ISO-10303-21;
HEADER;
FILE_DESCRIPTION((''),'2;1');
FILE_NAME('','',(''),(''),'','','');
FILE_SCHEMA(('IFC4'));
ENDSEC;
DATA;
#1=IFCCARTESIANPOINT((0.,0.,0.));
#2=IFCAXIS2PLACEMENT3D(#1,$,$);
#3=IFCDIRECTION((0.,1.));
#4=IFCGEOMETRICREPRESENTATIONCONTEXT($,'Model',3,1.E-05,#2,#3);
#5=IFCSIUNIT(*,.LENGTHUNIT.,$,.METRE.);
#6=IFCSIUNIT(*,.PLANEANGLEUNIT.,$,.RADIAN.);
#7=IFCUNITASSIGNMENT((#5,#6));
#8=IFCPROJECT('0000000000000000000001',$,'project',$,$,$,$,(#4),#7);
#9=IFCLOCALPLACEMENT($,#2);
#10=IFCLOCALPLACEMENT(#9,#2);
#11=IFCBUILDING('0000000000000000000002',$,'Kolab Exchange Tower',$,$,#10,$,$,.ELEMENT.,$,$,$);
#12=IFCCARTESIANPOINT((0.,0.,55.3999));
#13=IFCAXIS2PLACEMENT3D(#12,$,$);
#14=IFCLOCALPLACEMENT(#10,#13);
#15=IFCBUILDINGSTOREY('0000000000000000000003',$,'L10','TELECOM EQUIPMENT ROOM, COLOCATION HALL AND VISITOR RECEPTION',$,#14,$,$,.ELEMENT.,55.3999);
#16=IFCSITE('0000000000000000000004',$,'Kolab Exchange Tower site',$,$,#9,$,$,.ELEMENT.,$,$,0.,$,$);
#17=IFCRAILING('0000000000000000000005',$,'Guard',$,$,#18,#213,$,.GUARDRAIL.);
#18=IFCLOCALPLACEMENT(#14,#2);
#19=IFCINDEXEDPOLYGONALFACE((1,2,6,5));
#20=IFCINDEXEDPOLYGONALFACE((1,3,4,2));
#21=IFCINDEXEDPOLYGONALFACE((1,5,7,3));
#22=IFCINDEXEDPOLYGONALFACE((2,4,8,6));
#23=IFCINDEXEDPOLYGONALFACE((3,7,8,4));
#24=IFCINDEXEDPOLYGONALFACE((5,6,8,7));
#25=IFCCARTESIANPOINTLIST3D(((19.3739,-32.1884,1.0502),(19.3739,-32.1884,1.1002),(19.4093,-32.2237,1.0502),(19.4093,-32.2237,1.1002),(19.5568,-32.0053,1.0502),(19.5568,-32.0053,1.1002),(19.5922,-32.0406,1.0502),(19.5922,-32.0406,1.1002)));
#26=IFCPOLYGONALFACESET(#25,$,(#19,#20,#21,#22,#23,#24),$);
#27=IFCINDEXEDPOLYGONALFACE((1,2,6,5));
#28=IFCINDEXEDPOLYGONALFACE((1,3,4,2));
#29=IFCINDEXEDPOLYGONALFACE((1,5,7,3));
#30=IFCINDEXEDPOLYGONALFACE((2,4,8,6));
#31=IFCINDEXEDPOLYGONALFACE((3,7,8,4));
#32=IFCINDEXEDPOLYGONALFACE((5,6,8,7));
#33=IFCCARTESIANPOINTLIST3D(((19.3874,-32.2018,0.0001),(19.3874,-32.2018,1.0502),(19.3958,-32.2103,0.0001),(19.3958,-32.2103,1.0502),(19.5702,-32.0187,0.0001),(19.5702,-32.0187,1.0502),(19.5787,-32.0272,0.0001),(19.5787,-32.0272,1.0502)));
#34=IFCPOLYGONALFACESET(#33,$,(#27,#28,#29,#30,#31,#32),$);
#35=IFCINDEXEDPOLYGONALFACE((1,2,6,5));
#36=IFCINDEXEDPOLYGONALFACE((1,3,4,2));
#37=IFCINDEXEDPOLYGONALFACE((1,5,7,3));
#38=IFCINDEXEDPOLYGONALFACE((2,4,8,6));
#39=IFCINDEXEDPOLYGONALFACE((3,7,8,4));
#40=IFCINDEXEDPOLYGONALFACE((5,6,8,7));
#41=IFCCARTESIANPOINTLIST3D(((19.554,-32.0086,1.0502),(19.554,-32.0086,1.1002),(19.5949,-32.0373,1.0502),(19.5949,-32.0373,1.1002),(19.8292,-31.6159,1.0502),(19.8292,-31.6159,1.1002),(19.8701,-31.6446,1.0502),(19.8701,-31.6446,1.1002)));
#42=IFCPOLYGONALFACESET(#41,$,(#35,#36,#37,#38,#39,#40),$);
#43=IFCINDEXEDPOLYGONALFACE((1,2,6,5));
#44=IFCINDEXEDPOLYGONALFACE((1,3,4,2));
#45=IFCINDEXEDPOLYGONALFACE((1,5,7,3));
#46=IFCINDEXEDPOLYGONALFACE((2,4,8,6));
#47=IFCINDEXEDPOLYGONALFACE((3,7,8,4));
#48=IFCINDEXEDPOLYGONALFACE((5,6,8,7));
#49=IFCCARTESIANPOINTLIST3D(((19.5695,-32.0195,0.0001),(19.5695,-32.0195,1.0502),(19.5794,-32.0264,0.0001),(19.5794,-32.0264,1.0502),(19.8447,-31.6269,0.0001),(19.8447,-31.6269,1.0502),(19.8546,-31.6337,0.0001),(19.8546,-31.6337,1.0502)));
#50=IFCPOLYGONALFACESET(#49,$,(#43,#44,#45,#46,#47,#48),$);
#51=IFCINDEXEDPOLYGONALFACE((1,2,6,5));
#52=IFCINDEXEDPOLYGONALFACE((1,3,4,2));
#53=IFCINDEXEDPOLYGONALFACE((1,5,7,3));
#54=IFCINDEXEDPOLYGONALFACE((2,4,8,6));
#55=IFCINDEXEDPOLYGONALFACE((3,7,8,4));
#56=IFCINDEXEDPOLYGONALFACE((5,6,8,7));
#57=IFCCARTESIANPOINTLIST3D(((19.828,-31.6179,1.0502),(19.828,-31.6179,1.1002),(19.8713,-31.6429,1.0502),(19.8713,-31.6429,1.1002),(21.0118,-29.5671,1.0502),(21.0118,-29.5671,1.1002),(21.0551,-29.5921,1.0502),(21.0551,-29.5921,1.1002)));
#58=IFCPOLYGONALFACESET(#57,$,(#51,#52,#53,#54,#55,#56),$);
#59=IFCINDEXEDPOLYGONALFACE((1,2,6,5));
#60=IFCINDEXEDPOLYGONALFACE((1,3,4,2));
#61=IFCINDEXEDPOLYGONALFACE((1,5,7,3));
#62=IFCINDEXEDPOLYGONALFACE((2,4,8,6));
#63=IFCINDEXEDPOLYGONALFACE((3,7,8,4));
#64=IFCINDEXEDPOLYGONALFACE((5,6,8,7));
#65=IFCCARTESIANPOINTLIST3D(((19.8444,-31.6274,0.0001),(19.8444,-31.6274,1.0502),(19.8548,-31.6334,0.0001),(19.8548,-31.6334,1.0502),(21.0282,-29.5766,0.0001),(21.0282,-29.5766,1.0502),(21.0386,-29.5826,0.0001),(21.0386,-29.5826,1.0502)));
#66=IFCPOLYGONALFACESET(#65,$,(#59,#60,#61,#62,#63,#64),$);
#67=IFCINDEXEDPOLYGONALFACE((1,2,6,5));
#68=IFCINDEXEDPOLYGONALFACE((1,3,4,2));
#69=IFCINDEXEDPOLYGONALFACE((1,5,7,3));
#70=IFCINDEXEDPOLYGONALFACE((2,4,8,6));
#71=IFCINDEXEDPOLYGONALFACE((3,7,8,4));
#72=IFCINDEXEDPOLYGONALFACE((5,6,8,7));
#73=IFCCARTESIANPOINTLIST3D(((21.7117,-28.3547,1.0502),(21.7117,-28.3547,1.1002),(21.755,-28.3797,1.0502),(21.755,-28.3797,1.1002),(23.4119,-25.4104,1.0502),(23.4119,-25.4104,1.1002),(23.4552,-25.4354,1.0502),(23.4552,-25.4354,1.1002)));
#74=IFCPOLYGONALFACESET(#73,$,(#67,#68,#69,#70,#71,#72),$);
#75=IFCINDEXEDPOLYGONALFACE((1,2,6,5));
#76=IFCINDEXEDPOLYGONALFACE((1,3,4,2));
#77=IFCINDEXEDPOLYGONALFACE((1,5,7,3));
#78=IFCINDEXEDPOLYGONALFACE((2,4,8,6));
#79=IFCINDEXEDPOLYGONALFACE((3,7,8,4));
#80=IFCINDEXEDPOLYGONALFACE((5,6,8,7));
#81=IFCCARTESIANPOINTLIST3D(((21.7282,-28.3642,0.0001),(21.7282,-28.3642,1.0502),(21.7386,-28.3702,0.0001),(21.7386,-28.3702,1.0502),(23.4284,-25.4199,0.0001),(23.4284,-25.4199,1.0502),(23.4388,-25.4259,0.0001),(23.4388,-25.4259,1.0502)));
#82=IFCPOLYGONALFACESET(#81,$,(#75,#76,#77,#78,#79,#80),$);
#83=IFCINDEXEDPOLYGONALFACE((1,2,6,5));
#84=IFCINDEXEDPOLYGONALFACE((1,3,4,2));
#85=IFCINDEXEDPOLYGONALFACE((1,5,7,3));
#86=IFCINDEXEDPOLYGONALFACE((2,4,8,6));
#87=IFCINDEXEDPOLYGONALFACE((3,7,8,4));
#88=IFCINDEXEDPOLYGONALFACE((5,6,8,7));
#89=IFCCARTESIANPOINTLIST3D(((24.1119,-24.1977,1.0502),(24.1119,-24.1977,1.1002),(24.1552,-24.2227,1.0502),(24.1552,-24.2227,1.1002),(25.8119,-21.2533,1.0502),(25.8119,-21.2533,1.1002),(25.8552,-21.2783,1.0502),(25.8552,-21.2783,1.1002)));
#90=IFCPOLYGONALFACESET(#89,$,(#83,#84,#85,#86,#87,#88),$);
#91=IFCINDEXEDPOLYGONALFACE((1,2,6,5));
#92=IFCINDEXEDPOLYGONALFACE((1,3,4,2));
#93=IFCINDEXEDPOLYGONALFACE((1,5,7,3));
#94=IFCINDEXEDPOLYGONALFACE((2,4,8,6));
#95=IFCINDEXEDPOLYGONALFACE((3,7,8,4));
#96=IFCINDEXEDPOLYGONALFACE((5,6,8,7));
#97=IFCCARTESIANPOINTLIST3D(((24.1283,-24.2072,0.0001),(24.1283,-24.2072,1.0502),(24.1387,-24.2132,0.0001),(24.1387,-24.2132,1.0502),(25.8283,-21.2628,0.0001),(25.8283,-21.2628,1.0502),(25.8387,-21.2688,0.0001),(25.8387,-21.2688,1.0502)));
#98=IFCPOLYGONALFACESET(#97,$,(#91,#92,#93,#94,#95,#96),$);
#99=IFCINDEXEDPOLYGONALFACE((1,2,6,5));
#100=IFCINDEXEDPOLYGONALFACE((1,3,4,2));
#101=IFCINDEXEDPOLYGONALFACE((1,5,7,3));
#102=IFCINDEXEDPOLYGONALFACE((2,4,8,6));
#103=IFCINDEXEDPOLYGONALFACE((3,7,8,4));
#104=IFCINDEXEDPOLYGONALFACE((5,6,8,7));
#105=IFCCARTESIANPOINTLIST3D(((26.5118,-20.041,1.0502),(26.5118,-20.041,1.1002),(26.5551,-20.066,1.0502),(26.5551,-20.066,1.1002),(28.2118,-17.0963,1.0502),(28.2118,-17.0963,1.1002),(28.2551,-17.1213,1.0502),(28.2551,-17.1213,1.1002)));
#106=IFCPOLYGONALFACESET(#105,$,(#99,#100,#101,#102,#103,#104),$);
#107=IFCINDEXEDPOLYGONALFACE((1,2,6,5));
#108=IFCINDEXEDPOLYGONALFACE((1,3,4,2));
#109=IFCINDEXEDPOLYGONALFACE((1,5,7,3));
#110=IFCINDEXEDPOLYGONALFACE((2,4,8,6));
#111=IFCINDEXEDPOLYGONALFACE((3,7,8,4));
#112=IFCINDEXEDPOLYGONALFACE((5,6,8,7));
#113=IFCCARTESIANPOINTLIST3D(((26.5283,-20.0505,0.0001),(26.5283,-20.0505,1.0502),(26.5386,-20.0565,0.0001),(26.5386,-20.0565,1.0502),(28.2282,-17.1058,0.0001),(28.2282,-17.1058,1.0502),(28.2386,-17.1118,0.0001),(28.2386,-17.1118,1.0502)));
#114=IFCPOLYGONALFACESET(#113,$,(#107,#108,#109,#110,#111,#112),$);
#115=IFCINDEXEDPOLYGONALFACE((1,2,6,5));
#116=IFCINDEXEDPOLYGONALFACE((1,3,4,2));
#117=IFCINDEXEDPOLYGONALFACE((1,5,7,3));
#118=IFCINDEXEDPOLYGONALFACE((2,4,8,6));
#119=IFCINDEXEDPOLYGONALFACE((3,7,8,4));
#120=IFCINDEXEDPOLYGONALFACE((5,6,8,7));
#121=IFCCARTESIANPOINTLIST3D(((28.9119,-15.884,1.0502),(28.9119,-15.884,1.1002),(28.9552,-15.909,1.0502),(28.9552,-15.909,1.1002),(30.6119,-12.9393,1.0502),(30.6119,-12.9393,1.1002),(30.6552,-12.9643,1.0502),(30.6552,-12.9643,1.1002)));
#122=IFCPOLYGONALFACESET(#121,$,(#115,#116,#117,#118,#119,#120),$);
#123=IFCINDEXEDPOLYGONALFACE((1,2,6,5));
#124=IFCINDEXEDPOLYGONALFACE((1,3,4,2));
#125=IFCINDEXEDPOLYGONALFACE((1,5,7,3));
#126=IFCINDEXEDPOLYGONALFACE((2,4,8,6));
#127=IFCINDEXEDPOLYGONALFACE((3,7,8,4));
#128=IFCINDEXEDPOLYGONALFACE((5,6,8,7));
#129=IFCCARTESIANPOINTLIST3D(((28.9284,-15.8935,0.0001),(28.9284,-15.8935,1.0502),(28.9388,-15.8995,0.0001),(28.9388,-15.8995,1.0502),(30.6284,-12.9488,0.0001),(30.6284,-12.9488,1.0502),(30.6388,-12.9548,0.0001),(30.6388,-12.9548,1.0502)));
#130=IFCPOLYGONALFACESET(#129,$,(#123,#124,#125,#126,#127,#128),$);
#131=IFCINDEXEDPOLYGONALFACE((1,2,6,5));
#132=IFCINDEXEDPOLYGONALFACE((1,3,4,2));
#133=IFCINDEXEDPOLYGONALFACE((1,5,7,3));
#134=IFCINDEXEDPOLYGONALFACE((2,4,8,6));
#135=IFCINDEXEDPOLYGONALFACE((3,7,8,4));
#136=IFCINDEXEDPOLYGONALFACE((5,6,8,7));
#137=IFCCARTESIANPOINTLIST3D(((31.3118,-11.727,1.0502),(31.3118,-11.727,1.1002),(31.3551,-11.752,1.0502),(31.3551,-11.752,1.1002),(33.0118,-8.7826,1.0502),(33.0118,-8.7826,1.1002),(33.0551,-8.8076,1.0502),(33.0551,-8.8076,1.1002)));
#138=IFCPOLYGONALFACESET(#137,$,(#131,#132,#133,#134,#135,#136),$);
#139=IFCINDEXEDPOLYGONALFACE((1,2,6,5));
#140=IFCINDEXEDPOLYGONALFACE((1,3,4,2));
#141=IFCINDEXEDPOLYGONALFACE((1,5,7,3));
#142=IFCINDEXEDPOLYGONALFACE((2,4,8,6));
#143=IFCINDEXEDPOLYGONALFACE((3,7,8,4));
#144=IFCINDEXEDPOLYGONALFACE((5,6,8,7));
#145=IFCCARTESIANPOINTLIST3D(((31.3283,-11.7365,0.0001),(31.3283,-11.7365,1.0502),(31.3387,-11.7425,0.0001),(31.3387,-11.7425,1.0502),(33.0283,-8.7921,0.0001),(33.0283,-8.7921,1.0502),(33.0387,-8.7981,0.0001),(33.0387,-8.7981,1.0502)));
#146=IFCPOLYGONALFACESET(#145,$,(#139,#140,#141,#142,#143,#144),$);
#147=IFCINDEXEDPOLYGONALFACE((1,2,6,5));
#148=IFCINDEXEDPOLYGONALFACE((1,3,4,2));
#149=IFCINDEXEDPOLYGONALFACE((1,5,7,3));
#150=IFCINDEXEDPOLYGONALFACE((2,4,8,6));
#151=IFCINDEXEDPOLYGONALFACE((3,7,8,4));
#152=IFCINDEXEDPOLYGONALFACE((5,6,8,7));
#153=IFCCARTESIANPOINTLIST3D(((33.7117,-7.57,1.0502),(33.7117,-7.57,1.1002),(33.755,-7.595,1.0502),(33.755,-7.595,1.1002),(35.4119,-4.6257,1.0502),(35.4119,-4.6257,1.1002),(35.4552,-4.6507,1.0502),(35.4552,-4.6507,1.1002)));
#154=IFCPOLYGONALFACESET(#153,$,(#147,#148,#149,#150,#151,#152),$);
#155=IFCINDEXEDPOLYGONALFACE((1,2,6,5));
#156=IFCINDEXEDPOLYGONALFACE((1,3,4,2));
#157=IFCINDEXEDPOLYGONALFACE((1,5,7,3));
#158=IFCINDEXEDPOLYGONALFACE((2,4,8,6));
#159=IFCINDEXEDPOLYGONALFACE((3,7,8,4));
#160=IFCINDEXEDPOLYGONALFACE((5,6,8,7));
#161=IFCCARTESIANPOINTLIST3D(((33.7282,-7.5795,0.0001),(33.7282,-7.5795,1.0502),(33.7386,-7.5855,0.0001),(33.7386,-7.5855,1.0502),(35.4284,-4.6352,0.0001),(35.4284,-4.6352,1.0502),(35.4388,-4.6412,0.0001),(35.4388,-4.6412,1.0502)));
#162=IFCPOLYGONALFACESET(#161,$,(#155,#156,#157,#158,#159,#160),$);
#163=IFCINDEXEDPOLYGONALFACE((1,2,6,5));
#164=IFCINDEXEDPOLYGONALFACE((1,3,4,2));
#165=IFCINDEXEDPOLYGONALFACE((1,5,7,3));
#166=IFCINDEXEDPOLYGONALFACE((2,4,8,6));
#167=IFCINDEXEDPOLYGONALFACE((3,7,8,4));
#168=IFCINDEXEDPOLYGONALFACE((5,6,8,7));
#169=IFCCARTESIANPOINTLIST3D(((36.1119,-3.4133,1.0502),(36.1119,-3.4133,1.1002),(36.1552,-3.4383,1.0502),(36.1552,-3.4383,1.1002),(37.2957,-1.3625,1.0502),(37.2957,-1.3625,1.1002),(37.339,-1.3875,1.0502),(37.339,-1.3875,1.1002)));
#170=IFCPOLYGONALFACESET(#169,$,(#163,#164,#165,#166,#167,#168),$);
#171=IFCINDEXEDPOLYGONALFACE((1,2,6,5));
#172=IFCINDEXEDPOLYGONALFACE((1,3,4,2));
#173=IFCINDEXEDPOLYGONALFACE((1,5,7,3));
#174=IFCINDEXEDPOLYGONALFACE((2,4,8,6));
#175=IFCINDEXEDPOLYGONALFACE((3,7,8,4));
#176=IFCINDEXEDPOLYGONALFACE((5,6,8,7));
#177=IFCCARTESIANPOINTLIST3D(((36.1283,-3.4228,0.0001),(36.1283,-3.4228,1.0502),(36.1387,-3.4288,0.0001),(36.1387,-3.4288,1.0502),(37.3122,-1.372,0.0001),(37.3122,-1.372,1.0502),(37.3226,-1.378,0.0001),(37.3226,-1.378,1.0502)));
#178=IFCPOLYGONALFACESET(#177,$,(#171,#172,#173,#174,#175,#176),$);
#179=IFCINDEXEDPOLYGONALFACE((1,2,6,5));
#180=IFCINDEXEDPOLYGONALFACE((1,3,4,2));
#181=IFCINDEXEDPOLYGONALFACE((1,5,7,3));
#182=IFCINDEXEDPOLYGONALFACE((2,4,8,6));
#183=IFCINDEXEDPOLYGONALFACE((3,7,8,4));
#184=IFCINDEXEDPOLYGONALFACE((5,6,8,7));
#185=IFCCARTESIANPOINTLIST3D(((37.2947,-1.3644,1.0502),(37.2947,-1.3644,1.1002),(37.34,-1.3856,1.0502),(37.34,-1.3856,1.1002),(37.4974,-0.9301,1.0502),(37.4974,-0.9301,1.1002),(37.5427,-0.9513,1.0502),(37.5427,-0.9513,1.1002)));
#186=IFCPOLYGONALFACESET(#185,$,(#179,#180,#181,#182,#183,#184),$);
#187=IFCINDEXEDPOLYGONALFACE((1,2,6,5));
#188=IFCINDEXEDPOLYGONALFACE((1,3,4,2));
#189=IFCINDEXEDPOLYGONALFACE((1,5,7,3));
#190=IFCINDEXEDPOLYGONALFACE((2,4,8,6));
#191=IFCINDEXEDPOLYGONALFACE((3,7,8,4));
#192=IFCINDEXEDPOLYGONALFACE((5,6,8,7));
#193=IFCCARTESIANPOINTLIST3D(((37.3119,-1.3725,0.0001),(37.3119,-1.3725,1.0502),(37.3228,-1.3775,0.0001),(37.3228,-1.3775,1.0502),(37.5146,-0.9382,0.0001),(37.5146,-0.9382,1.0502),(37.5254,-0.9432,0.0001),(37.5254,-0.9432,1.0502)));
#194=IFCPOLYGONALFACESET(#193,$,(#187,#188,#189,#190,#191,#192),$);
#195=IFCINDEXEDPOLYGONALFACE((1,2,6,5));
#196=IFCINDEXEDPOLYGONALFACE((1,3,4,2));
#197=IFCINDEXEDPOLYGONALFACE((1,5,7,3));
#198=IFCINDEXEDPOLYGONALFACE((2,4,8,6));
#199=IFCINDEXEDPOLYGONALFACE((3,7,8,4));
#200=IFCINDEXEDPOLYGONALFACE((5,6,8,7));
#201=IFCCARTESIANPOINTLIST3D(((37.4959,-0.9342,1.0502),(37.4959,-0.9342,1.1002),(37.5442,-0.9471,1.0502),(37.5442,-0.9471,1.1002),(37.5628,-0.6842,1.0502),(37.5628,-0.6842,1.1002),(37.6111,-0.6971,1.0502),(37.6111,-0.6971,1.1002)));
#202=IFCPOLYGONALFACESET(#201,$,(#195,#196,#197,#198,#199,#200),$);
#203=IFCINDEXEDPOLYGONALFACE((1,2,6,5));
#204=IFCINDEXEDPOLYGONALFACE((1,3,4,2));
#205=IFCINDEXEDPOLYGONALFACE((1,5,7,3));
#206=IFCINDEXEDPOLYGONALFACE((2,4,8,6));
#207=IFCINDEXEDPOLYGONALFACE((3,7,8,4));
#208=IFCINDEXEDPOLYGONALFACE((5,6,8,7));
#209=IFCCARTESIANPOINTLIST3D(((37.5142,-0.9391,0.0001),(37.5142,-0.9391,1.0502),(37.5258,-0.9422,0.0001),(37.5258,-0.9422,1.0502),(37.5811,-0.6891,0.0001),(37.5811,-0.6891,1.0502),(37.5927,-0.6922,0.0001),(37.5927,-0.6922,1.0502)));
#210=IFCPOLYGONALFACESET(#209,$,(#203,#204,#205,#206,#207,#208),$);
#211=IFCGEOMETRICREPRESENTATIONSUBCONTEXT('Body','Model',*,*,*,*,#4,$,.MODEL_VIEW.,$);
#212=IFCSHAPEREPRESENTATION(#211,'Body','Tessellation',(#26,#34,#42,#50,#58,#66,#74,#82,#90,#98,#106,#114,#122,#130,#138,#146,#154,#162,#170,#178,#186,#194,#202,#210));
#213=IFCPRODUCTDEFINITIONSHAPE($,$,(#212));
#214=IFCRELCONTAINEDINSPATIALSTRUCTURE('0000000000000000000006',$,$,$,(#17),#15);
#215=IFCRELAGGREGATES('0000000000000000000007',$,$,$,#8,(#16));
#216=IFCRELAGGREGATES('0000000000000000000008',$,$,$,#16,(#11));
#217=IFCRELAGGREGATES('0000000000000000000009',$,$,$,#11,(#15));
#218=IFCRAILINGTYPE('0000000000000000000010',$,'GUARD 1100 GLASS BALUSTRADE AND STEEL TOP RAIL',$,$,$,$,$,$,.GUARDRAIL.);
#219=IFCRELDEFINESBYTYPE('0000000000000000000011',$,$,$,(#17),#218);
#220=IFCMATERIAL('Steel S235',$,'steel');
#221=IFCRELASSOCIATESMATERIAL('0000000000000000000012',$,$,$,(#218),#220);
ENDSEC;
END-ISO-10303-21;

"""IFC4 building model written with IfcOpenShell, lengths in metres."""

from ifc_helpers import new_model, si_unit, direction, frame, frame_2d, origin, origin_2d, place, context, subcontext, project, spatial, rectangle, extrude, material, type_object, element, save


model = new_model("IFC4")

# Units and contexts
model_context = context("Model", 3, precision=1e-05, world=origin(), true_north=direction((0.0, 1.0)))
body_context = subcontext(model_context, "Body", "Model", "MODEL_VIEW")
ifc_project = project(units=[si_unit("LENGTHUNIT", "METRE"), si_unit("PLANEANGLEUNIT", "RADIAN")], contexts=[model_context])

# Site, building, storey
site_placement = place(None, origin())
site = spatial("IfcSite", under=ifc_project, at=site_placement, Name="Kolab Exchange Tower site", CompositionType="ELEMENT", RefElevation=0.0)
building_placement = place(site_placement, origin())
building = spatial("IfcBuilding", under=site, at=building_placement, Name="Kolab Exchange Tower", CompositionType="ELEMENT")
storey_placement = place(building_placement, frame((0.0, 0.0, 55.3999)))
storey = spatial("IfcBuildingStorey", under=building, at=storey_placement, Name="L10", Description="TELECOM EQUIPMENT ROOM, COLOCATION HALL AND VISITOR RECEPTION", CompositionType="ELEMENT", Elevation=55.3999)

# Railing
ifc_material_1 = material(Name="Steel S235", Category="steel")
railing_type = type_object("IfcRailingType", Name="GUARD 1100 GLASS BALUSTRADE AND STEEL TOP RAIL", PredefinedType="GUARDRAIL", material=ifc_material_1)
railing_placement = place(storey_placement, frame((19.3916, -32.2061, 0.0)))
element("IfcRailing", 1, at=railing_placement, inside=storey, type_object=railing_type, Name="Guard", PredefinedType="GUARDRAIL", context=body_context, shape_type="SweptSolid", body=[
    extrude(rectangle(XDim=0.05, YDim=0.05, at=origin_2d()), frame((0.0, 0.0, 1.0752), z_axis=(0.706635, 0.707578, 0.0), x_axis=(-0.707578, 0.706635, 0.0)), (0.0, 0.0, 1.0), 0.2588),
    extrude(rectangle(XDim=0.012, YDim=1.0501, at=frame_2d((0.0, 0.5251))), frame((0.0, 0.0, 0.0), z_axis=(0.706635, 0.707578, 0.0), x_axis=(-0.707578, 0.706635, 0.0)), (0.0, 0.0, 1.0), 0.2588),
    extrude(rectangle(XDim=0.05, YDim=0.05, at=origin_2d()), frame((0.1829, 0.1831, 1.0752), z_axis=(0.573941, 0.818897, 0.0), x_axis=(-0.818897, 0.573941, 0.0)), (0.0, 0.0, 1.0), 0.4795),
    extrude(rectangle(XDim=0.012, YDim=1.0501, at=frame_2d((0.0, 0.5251))), frame((0.1829, 0.1831, 0.0), z_axis=(0.573941, 0.818897, 0.0), x_axis=(-0.818897, 0.573941, 0.0)), (0.0, 0.0, 1.0), 0.4795),
    extrude(rectangle(XDim=0.05, YDim=0.05, at=origin_2d()), frame((0.458, 0.5757, 1.0752), z_axis=(0.499943, 0.866059, 0.0), x_axis=(-0.866059, 0.499943, 0.0)), (0.0, 0.0, 1.0), 2.3679),
    extrude(rectangle(XDim=0.012, YDim=1.0501, at=frame_2d((0.0, 0.5251))), frame((0.458, 0.5757, 0.0), z_axis=(0.499943, 0.866059, 0.0), x_axis=(-0.866059, 0.499943, 0.0)), (0.0, 0.0, 1.0), 2.3679),
    extrude(rectangle(XDim=0.05, YDim=0.05, at=origin_2d()), frame((2.3418, 3.8389, 1.0752), z_axis=(0.500062, 0.865989, 0.0), x_axis=(-0.865989, 0.500062, 0.0)), (0.0, 0.0, 1.0), 3.3999),
    extrude(rectangle(XDim=0.012, YDim=1.0501, at=frame_2d((0.0, 0.5251))), frame((2.3418, 3.8389, 0.0), z_axis=(0.500062, 0.865989, 0.0), x_axis=(-0.865989, 0.500062, 0.0)), (0.0, 0.0, 1.0), 3.3999),
    extrude(rectangle(XDim=0.05, YDim=0.05, at=origin_2d()), frame((4.7419, 7.9958, 1.0752), z_axis=(0.500008, 0.866021, 0.0), x_axis=(-0.866021, 0.500008, 0.0)), (0.0, 0.0, 1.0), 3.3999),
    extrude(rectangle(XDim=0.012, YDim=1.0501, at=frame_2d((0.0, 0.5251))), frame((4.7419, 7.9958, 0.0), z_axis=(0.500008, 0.866021, 0.0), x_axis=(-0.866021, 0.500008, 0.0)), (0.0, 0.0, 1.0), 3.3999),
    extrude(rectangle(XDim=0.05, YDim=0.05, at=origin_2d()), frame((7.1418, 12.1526, 1.0752), z_axis=(0.499977, 0.866039, 0.0), x_axis=(-0.866039, 0.499977, 0.0)), (0.0, 0.0, 1.0), 3.4001),
    extrude(rectangle(XDim=0.012, YDim=1.0501, at=frame_2d((0.0, 0.5251))), frame((7.1418, 12.1526, 0.0), z_axis=(0.499977, 0.866039, 0.0), x_axis=(-0.866039, 0.499977, 0.0)), (0.0, 0.0, 1.0), 3.4001),
    extrude(rectangle(XDim=0.05, YDim=0.05, at=origin_2d()), frame((9.542, 16.3096, 1.0752), z_axis=(0.499977, 0.866039, 0.0), x_axis=(-0.866039, 0.499977, 0.0)), (0.0, 0.0, 1.0), 3.4001),
    extrude(rectangle(XDim=0.012, YDim=1.0501, at=frame_2d((0.0, 0.5251))), frame((9.542, 16.3096, 0.0), z_axis=(0.499977, 0.866039, 0.0), x_axis=(-0.866039, 0.499977, 0.0)), (0.0, 0.0, 1.0), 3.4001),
    extrude(rectangle(XDim=0.05, YDim=0.05, at=origin_2d()), frame((11.9419, 20.4666, 1.0752), z_axis=(0.500008, 0.866021, 0.0), x_axis=(-0.866021, 0.500008, 0.0)), (0.0, 0.0, 1.0), 3.3999),
    extrude(rectangle(XDim=0.012, YDim=1.0501, at=frame_2d((0.0, 0.5251))), frame((11.9419, 20.4666, 0.0), z_axis=(0.500008, 0.866021, 0.0), x_axis=(-0.866021, 0.500008, 0.0)), (0.0, 0.0, 1.0), 3.3999),
    extrude(rectangle(XDim=0.05, YDim=0.05, at=origin_2d()), frame((14.3418, 24.6235, 1.0752), z_axis=(0.500062, 0.865989, 0.0), x_axis=(-0.865989, 0.500062, 0.0)), (0.0, 0.0, 1.0), 3.3999),
    extrude(rectangle(XDim=0.012, YDim=1.0501, at=frame_2d((0.0, 0.5251))), frame((14.3418, 24.6235, 0.0), z_axis=(0.500062, 0.865989, 0.0), x_axis=(-0.865989, 0.500062, 0.0)), (0.0, 0.0, 1.0), 3.3999),
    extrude(rectangle(XDim=0.05, YDim=0.05, at=origin_2d()), frame((16.7419, 28.7803, 1.0752), z_axis=(0.499943, 0.866059, 0.0), x_axis=(-0.866059, 0.499943, 0.0)), (0.0, 0.0, 1.0), 2.3679),
    extrude(rectangle(XDim=0.012, YDim=1.0501, at=frame_2d((0.0, 0.5251))), frame((16.7419, 28.7803, 0.0), z_axis=(0.499943, 0.866059, 0.0), x_axis=(-0.866059, 0.499943, 0.0)), (0.0, 0.0, 1.0), 2.3679),
    extrude(rectangle(XDim=0.05, YDim=0.05, at=origin_2d()), frame((17.9258, 30.8311, 1.0752), z_axis=(0.422802, 0.906222, 0.0), x_axis=(-0.906222, 0.422802, 0.0)), (0.0, 0.0, 1.0), 0.4792),
    extrude(rectangle(XDim=0.012, YDim=1.0501, at=frame_2d((0.0, 0.5251))), frame((17.9258, 30.8311, 0.0), z_axis=(0.422802, 0.906222, 0.0), x_axis=(-0.906222, 0.422802, 0.0)), (0.0, 0.0, 1.0), 0.4792),
    extrude(rectangle(XDim=0.05, YDim=0.05, at=origin_2d()), frame((18.1284, 31.2654, 1.0752), z_axis=(0.258485, 0.966015, 0.0), x_axis=(-0.966015, 0.258485, 0.0)), (0.0, 0.0, 1.0), 0.2588),
    extrude(rectangle(XDim=0.012, YDim=1.0501, at=frame_2d((0.0, 0.5251))), frame((18.1284, 31.2654, 0.0), z_axis=(0.258485, 0.966015, 0.0), x_axis=(-0.966015, 0.258485, 0.0)), (0.0, 0.0, 1.0), 0.2588),
])

save(model, "model.ifc")
